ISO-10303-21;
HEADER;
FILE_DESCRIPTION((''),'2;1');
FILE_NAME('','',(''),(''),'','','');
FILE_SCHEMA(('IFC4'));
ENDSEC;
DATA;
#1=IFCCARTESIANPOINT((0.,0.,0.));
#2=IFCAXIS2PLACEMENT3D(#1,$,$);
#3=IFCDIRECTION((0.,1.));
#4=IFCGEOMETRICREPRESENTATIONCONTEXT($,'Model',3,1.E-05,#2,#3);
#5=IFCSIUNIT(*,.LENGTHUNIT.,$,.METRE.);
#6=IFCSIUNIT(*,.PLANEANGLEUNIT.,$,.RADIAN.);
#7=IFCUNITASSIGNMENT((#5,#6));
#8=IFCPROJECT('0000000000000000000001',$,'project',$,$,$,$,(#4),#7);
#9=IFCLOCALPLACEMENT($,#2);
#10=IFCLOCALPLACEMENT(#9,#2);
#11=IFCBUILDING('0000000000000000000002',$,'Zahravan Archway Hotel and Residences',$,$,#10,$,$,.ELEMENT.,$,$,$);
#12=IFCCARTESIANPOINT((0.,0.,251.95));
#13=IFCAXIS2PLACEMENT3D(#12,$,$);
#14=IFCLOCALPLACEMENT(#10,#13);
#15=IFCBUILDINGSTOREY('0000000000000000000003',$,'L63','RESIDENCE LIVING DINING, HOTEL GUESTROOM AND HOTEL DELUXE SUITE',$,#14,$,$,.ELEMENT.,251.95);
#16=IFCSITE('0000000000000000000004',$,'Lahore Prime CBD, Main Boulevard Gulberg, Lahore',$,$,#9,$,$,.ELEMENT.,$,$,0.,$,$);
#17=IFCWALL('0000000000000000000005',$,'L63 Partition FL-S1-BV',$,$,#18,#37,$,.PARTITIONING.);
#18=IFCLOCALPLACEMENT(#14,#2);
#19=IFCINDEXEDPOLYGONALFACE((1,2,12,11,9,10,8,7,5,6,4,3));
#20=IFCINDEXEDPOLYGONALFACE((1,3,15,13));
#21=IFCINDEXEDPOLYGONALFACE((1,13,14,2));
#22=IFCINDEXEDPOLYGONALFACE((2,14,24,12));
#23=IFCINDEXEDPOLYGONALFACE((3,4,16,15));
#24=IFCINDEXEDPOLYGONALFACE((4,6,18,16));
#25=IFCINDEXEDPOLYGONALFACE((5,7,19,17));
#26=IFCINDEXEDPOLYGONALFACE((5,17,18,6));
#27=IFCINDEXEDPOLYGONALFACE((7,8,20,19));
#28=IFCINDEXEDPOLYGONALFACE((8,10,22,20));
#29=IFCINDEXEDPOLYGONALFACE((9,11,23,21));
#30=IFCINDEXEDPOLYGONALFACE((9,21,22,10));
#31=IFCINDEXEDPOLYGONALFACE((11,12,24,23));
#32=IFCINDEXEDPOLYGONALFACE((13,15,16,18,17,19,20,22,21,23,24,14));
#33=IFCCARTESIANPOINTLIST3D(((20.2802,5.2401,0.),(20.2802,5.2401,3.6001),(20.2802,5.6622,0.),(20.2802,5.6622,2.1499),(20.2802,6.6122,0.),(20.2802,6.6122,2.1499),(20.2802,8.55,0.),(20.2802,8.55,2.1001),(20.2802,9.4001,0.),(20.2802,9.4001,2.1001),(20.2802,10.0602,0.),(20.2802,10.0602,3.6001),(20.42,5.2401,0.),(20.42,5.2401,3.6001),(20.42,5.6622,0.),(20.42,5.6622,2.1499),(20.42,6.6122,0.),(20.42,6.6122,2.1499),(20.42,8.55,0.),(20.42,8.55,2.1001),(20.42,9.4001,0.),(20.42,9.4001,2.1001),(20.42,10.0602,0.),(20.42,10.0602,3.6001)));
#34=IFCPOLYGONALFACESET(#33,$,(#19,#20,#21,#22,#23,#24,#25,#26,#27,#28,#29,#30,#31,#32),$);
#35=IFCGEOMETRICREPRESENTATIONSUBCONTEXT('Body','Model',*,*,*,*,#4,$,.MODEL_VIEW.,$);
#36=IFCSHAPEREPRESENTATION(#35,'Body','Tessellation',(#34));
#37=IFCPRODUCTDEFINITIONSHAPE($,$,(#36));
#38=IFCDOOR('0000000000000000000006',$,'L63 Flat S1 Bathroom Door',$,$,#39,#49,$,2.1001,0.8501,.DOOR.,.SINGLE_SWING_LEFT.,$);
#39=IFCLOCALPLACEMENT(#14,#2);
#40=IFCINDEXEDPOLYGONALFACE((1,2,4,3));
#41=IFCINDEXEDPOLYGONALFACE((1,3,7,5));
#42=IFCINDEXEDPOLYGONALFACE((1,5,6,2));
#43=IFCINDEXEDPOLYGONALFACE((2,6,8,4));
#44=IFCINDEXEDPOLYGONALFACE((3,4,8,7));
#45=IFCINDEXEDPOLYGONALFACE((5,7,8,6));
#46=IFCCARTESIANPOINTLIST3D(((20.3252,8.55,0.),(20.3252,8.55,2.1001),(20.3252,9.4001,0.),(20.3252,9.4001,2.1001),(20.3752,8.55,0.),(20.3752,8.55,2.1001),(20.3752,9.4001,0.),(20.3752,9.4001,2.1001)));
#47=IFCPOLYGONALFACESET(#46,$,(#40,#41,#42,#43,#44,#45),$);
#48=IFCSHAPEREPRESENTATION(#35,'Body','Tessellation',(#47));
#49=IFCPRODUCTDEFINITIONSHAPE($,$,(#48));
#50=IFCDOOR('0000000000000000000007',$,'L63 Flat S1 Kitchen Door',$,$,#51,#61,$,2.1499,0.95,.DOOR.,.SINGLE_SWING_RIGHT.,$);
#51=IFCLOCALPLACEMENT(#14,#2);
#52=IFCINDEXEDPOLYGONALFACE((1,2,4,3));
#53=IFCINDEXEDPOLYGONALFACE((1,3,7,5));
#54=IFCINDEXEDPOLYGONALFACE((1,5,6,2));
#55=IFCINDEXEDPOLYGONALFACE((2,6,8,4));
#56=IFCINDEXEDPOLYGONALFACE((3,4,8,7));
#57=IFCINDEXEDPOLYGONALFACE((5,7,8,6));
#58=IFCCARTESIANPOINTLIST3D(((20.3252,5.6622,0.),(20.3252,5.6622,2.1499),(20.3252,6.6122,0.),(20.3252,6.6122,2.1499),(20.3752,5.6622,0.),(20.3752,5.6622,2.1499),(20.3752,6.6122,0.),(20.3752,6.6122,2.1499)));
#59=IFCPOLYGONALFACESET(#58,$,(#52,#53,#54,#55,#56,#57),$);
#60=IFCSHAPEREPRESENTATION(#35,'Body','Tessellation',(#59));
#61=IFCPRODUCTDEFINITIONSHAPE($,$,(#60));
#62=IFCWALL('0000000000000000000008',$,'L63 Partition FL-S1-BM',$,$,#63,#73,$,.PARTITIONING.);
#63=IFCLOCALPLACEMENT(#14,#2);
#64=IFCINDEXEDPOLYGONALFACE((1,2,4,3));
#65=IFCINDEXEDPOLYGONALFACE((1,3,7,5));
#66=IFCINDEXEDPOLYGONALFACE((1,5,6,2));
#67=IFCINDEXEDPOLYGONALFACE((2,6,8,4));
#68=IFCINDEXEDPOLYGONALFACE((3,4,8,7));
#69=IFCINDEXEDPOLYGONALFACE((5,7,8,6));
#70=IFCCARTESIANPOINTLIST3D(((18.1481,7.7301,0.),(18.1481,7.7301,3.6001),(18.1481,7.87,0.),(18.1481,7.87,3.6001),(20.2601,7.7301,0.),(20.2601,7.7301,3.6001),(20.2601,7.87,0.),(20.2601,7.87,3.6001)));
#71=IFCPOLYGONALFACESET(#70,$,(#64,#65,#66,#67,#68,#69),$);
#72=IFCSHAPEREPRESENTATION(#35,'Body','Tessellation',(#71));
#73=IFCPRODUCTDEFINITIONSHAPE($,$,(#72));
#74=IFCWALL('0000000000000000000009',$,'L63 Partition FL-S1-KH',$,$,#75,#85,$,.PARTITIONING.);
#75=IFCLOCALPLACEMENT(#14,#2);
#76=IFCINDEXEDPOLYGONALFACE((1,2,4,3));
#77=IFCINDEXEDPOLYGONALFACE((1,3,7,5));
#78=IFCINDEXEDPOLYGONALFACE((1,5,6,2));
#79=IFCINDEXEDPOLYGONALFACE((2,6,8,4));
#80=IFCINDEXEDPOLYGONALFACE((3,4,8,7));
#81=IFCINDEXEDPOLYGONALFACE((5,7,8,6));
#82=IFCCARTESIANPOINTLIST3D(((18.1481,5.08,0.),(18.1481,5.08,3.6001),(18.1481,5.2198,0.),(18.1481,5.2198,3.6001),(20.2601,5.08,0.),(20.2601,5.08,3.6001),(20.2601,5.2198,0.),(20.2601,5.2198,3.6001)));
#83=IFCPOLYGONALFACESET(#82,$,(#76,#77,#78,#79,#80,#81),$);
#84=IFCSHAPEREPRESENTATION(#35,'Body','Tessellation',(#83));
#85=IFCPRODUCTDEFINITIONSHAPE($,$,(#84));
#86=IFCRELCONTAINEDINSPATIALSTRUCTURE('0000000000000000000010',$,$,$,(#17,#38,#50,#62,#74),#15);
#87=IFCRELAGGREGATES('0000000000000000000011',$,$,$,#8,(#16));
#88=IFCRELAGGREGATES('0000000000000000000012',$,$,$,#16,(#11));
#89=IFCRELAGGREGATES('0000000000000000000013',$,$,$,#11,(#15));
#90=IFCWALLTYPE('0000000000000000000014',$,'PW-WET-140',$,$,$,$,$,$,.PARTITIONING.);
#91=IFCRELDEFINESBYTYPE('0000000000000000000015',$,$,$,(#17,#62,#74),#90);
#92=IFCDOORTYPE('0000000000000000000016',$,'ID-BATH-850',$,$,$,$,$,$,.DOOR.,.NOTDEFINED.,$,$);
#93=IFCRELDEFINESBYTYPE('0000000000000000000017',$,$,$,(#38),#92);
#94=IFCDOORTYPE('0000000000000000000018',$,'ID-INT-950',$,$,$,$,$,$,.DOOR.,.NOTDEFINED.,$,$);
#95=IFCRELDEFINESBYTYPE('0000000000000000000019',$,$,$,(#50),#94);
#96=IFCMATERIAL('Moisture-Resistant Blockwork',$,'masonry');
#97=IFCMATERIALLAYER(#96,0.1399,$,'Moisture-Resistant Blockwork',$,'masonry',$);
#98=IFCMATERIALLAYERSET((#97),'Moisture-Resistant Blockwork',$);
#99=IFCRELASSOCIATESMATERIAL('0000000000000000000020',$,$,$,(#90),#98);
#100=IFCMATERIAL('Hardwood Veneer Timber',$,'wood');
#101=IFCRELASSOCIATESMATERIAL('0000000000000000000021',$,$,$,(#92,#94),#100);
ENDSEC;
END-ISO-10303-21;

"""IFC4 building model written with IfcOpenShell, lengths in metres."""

from ifc_helpers import new_model, si_unit, direction, frame, frame_2d, origin, place, context, subcontext, project, spatial, rectangle, extrude, source, transform, mapped, material, layer, layer_set, type_object, type_shapes, element, fill, save


model = new_model("IFC4")

# Units and contexts
model_context = context("Model", 3, precision=1e-05, world=origin(), true_north=direction((0.0, 1.0)))
body_context = subcontext(model_context, "Body", "Model", "MODEL_VIEW")
ifc_project = project(units=[si_unit("LENGTHUNIT", "METRE"), si_unit("PLANEANGLEUNIT", "RADIAN")], contexts=[model_context])

# Site, building, storey
site_placement = place(None, origin())
site = spatial("IfcSite", under=ifc_project, at=site_placement, Name="Lahore Prime CBD, Main Boulevard Gulberg, Lahore", CompositionType="ELEMENT", RefElevation=0.0)
building_placement = place(site_placement, origin())
building = spatial("IfcBuilding", under=site, at=building_placement, Name="Zahravan Archway Hotel and Residences", CompositionType="ELEMENT")
storey_placement = place(building_placement, frame((0.0, 0.0, 251.95)))
storey = spatial("IfcBuildingStorey", under=building, at=storey_placement, Name="L63", Description="RESIDENCE LIVING DINING, HOTEL GUESTROOM AND HOTEL DELUXE SUITE", CompositionType="ELEMENT", Elevation=251.95)

# Shared definitions
ifc_material_1 = material(Name="Hardwood Veneer Timber", Category="wood")

# Wall, openings, doors
ifc_material_2 = material(Name="Moisture-Resistant Blockwork", Category="masonry")
ifc_layer_1 = layer(ifc_material_2, 0.1399, Name="Moisture-Resistant Blockwork", Category="masonry")
ifc_layer_set_1 = layer_set([ifc_layer_1], Name="Moisture-Resistant Blockwork")
wall_type_1 = type_object("IfcWallType", Name="PW-WET-140", PredefinedType="PARTITIONING", material=ifc_layer_set_1)
wall_1_placement = place(storey_placement, frame((20.3501, 5.24, 0.0), z_axis=(0.0, 0.0, 1.0), x_axis=(0.0, 1.0, 0.0)))
wall_1 = element("IfcWall", 1, at=wall_1_placement, inside=storey, type_object=wall_type_1, Name="L63 Partition FL-S1-BV", PredefinedType="PARTITIONING", context=body_context, shape_type="SweptSolid", body=[
    extrude(rectangle(XDim=4.8201, YDim=0.1399, at=frame_2d((2.4102, 0.0))), origin(), (0.0, 0.0, 1.0), 3.6001),
])
opening_1_placement = place(wall_1_placement, frame((0.4221, 0.0, 0.0)))
opening_1 = element("IfcOpeningElement", 2, at=opening_1_placement, cuts=wall_1, PredefinedType="OPENING", context=body_context, shape_type="SweptSolid", body=[
    extrude(rectangle(XDim=0.95, YDim=2.1499, at=frame_2d((0.4751, 1.075))), frame((0.0, 0.0801, 0.0), z_axis=(0.0, -1.0, 0.0), x_axis=(1.0, 0.0, 0.0)), (0.0, 0.0, 1.0), 0.1599),
])
opening_2_placement = place(wall_1_placement, frame((3.3101, 0.0, 0.0)))
opening_2 = element("IfcOpeningElement", 3, at=opening_2_placement, cuts=wall_1, PredefinedType="OPENING", context=body_context, shape_type="SweptSolid", body=[
    extrude(rectangle(XDim=0.8501, YDim=2.1001, at=frame_2d((0.425, 1.05))), frame((0.0, 0.0801, 0.0), z_axis=(0.0, -1.0, 0.0), x_axis=(1.0, 0.0, 0.0)), (0.0, 0.0, 1.0), 0.1599),
])
door_type_1 = type_object("IfcDoorType", Name="ID-BATH-850", OperationType="NOTDEFINED", PredefinedType="DOOR", material=ifc_material_1)
shared_shape_1 = source(origin(), body_context, "Body", "SweptSolid", [
    extrude(rectangle(XDim=0.8501, YDim=2.1001, at=frame_2d((0.425, 1.05))), frame((0.0, 0.0249, 0.0), z_axis=(0.0, -1.0, 0.0), x_axis=(1.0, 0.0, 0.0)), (0.0, 0.0, 1.0), 0.05),
])
type_shapes(door_type_1, [shared_shape_1])
door_1_placement = place(opening_2_placement, origin())
door_1 = element("IfcDoor", 4, at=door_1_placement, inside=storey, type_object=door_type_1, Name="L63 Flat S1 Bathroom Door", OperationType="SINGLE_SWING_LEFT", OverallHeight=2.1001, OverallWidth=0.8501, PredefinedType="DOOR", context=body_context, shape_type="MappedRepresentation", body=[
    mapped(shared_shape_1, transform((0.0, 0.0, 0.0), scale=1.0)),
])
fill(opening_2, door_1)
door_type_2 = type_object("IfcDoorType", Name="ID-INT-950", OperationType="NOTDEFINED", PredefinedType="DOOR", material=ifc_material_1)
shared_shape_2 = source(origin(), body_context, "Body", "SweptSolid", [
    extrude(rectangle(XDim=0.95, YDim=2.1499, at=frame_2d((0.4751, 1.075))), frame((0.0, 0.0249, 0.0), z_axis=(0.0, -1.0, 0.0), x_axis=(1.0, 0.0, 0.0)), (0.0, 0.0, 1.0), 0.05),
])
type_shapes(door_type_2, [shared_shape_2])
door_2_placement = place(opening_1_placement, origin())
door_2 = element("IfcDoor", 5, at=door_2_placement, inside=storey, type_object=door_type_2, Name="L63 Flat S1 Kitchen Door", OperationType="SINGLE_SWING_RIGHT", OverallHeight=2.1499, OverallWidth=0.95, PredefinedType="DOOR", context=body_context, shape_type="MappedRepresentation", body=[
    mapped(shared_shape_2, transform((0.0, 0.0, 0.0), scale=1.0)),
])
fill(opening_1, door_2)

# Walls
for number, where, z_axis, x_axis, name in (
    (6, (18.1479, 7.8, 0.0), (0.0, 0.0, 1.0), (1.0, 0.0, 0.0), "L63 Partition FL-S1-BM"),
    (7, (18.1479, 5.1499, 0.0), (0.0, 0.0, 1.0), (1.0, 0.0, 0.0), "L63 Partition FL-S1-KH"),
):
    element("IfcWall", number, at=place(storey_placement, frame(where, z_axis=z_axis, x_axis=x_axis)), inside=storey, type_object=wall_type_1, Name=name, PredefinedType="PARTITIONING", context=body_context, shape_type="SweptSolid", body=[
        extrude(rectangle(XDim=2.1121, YDim=0.1399, at=frame_2d((1.0562, 0.0))), origin(), (0.0, 0.0, 1.0), 3.6001),
    ])

save(model, "model.ifc")
